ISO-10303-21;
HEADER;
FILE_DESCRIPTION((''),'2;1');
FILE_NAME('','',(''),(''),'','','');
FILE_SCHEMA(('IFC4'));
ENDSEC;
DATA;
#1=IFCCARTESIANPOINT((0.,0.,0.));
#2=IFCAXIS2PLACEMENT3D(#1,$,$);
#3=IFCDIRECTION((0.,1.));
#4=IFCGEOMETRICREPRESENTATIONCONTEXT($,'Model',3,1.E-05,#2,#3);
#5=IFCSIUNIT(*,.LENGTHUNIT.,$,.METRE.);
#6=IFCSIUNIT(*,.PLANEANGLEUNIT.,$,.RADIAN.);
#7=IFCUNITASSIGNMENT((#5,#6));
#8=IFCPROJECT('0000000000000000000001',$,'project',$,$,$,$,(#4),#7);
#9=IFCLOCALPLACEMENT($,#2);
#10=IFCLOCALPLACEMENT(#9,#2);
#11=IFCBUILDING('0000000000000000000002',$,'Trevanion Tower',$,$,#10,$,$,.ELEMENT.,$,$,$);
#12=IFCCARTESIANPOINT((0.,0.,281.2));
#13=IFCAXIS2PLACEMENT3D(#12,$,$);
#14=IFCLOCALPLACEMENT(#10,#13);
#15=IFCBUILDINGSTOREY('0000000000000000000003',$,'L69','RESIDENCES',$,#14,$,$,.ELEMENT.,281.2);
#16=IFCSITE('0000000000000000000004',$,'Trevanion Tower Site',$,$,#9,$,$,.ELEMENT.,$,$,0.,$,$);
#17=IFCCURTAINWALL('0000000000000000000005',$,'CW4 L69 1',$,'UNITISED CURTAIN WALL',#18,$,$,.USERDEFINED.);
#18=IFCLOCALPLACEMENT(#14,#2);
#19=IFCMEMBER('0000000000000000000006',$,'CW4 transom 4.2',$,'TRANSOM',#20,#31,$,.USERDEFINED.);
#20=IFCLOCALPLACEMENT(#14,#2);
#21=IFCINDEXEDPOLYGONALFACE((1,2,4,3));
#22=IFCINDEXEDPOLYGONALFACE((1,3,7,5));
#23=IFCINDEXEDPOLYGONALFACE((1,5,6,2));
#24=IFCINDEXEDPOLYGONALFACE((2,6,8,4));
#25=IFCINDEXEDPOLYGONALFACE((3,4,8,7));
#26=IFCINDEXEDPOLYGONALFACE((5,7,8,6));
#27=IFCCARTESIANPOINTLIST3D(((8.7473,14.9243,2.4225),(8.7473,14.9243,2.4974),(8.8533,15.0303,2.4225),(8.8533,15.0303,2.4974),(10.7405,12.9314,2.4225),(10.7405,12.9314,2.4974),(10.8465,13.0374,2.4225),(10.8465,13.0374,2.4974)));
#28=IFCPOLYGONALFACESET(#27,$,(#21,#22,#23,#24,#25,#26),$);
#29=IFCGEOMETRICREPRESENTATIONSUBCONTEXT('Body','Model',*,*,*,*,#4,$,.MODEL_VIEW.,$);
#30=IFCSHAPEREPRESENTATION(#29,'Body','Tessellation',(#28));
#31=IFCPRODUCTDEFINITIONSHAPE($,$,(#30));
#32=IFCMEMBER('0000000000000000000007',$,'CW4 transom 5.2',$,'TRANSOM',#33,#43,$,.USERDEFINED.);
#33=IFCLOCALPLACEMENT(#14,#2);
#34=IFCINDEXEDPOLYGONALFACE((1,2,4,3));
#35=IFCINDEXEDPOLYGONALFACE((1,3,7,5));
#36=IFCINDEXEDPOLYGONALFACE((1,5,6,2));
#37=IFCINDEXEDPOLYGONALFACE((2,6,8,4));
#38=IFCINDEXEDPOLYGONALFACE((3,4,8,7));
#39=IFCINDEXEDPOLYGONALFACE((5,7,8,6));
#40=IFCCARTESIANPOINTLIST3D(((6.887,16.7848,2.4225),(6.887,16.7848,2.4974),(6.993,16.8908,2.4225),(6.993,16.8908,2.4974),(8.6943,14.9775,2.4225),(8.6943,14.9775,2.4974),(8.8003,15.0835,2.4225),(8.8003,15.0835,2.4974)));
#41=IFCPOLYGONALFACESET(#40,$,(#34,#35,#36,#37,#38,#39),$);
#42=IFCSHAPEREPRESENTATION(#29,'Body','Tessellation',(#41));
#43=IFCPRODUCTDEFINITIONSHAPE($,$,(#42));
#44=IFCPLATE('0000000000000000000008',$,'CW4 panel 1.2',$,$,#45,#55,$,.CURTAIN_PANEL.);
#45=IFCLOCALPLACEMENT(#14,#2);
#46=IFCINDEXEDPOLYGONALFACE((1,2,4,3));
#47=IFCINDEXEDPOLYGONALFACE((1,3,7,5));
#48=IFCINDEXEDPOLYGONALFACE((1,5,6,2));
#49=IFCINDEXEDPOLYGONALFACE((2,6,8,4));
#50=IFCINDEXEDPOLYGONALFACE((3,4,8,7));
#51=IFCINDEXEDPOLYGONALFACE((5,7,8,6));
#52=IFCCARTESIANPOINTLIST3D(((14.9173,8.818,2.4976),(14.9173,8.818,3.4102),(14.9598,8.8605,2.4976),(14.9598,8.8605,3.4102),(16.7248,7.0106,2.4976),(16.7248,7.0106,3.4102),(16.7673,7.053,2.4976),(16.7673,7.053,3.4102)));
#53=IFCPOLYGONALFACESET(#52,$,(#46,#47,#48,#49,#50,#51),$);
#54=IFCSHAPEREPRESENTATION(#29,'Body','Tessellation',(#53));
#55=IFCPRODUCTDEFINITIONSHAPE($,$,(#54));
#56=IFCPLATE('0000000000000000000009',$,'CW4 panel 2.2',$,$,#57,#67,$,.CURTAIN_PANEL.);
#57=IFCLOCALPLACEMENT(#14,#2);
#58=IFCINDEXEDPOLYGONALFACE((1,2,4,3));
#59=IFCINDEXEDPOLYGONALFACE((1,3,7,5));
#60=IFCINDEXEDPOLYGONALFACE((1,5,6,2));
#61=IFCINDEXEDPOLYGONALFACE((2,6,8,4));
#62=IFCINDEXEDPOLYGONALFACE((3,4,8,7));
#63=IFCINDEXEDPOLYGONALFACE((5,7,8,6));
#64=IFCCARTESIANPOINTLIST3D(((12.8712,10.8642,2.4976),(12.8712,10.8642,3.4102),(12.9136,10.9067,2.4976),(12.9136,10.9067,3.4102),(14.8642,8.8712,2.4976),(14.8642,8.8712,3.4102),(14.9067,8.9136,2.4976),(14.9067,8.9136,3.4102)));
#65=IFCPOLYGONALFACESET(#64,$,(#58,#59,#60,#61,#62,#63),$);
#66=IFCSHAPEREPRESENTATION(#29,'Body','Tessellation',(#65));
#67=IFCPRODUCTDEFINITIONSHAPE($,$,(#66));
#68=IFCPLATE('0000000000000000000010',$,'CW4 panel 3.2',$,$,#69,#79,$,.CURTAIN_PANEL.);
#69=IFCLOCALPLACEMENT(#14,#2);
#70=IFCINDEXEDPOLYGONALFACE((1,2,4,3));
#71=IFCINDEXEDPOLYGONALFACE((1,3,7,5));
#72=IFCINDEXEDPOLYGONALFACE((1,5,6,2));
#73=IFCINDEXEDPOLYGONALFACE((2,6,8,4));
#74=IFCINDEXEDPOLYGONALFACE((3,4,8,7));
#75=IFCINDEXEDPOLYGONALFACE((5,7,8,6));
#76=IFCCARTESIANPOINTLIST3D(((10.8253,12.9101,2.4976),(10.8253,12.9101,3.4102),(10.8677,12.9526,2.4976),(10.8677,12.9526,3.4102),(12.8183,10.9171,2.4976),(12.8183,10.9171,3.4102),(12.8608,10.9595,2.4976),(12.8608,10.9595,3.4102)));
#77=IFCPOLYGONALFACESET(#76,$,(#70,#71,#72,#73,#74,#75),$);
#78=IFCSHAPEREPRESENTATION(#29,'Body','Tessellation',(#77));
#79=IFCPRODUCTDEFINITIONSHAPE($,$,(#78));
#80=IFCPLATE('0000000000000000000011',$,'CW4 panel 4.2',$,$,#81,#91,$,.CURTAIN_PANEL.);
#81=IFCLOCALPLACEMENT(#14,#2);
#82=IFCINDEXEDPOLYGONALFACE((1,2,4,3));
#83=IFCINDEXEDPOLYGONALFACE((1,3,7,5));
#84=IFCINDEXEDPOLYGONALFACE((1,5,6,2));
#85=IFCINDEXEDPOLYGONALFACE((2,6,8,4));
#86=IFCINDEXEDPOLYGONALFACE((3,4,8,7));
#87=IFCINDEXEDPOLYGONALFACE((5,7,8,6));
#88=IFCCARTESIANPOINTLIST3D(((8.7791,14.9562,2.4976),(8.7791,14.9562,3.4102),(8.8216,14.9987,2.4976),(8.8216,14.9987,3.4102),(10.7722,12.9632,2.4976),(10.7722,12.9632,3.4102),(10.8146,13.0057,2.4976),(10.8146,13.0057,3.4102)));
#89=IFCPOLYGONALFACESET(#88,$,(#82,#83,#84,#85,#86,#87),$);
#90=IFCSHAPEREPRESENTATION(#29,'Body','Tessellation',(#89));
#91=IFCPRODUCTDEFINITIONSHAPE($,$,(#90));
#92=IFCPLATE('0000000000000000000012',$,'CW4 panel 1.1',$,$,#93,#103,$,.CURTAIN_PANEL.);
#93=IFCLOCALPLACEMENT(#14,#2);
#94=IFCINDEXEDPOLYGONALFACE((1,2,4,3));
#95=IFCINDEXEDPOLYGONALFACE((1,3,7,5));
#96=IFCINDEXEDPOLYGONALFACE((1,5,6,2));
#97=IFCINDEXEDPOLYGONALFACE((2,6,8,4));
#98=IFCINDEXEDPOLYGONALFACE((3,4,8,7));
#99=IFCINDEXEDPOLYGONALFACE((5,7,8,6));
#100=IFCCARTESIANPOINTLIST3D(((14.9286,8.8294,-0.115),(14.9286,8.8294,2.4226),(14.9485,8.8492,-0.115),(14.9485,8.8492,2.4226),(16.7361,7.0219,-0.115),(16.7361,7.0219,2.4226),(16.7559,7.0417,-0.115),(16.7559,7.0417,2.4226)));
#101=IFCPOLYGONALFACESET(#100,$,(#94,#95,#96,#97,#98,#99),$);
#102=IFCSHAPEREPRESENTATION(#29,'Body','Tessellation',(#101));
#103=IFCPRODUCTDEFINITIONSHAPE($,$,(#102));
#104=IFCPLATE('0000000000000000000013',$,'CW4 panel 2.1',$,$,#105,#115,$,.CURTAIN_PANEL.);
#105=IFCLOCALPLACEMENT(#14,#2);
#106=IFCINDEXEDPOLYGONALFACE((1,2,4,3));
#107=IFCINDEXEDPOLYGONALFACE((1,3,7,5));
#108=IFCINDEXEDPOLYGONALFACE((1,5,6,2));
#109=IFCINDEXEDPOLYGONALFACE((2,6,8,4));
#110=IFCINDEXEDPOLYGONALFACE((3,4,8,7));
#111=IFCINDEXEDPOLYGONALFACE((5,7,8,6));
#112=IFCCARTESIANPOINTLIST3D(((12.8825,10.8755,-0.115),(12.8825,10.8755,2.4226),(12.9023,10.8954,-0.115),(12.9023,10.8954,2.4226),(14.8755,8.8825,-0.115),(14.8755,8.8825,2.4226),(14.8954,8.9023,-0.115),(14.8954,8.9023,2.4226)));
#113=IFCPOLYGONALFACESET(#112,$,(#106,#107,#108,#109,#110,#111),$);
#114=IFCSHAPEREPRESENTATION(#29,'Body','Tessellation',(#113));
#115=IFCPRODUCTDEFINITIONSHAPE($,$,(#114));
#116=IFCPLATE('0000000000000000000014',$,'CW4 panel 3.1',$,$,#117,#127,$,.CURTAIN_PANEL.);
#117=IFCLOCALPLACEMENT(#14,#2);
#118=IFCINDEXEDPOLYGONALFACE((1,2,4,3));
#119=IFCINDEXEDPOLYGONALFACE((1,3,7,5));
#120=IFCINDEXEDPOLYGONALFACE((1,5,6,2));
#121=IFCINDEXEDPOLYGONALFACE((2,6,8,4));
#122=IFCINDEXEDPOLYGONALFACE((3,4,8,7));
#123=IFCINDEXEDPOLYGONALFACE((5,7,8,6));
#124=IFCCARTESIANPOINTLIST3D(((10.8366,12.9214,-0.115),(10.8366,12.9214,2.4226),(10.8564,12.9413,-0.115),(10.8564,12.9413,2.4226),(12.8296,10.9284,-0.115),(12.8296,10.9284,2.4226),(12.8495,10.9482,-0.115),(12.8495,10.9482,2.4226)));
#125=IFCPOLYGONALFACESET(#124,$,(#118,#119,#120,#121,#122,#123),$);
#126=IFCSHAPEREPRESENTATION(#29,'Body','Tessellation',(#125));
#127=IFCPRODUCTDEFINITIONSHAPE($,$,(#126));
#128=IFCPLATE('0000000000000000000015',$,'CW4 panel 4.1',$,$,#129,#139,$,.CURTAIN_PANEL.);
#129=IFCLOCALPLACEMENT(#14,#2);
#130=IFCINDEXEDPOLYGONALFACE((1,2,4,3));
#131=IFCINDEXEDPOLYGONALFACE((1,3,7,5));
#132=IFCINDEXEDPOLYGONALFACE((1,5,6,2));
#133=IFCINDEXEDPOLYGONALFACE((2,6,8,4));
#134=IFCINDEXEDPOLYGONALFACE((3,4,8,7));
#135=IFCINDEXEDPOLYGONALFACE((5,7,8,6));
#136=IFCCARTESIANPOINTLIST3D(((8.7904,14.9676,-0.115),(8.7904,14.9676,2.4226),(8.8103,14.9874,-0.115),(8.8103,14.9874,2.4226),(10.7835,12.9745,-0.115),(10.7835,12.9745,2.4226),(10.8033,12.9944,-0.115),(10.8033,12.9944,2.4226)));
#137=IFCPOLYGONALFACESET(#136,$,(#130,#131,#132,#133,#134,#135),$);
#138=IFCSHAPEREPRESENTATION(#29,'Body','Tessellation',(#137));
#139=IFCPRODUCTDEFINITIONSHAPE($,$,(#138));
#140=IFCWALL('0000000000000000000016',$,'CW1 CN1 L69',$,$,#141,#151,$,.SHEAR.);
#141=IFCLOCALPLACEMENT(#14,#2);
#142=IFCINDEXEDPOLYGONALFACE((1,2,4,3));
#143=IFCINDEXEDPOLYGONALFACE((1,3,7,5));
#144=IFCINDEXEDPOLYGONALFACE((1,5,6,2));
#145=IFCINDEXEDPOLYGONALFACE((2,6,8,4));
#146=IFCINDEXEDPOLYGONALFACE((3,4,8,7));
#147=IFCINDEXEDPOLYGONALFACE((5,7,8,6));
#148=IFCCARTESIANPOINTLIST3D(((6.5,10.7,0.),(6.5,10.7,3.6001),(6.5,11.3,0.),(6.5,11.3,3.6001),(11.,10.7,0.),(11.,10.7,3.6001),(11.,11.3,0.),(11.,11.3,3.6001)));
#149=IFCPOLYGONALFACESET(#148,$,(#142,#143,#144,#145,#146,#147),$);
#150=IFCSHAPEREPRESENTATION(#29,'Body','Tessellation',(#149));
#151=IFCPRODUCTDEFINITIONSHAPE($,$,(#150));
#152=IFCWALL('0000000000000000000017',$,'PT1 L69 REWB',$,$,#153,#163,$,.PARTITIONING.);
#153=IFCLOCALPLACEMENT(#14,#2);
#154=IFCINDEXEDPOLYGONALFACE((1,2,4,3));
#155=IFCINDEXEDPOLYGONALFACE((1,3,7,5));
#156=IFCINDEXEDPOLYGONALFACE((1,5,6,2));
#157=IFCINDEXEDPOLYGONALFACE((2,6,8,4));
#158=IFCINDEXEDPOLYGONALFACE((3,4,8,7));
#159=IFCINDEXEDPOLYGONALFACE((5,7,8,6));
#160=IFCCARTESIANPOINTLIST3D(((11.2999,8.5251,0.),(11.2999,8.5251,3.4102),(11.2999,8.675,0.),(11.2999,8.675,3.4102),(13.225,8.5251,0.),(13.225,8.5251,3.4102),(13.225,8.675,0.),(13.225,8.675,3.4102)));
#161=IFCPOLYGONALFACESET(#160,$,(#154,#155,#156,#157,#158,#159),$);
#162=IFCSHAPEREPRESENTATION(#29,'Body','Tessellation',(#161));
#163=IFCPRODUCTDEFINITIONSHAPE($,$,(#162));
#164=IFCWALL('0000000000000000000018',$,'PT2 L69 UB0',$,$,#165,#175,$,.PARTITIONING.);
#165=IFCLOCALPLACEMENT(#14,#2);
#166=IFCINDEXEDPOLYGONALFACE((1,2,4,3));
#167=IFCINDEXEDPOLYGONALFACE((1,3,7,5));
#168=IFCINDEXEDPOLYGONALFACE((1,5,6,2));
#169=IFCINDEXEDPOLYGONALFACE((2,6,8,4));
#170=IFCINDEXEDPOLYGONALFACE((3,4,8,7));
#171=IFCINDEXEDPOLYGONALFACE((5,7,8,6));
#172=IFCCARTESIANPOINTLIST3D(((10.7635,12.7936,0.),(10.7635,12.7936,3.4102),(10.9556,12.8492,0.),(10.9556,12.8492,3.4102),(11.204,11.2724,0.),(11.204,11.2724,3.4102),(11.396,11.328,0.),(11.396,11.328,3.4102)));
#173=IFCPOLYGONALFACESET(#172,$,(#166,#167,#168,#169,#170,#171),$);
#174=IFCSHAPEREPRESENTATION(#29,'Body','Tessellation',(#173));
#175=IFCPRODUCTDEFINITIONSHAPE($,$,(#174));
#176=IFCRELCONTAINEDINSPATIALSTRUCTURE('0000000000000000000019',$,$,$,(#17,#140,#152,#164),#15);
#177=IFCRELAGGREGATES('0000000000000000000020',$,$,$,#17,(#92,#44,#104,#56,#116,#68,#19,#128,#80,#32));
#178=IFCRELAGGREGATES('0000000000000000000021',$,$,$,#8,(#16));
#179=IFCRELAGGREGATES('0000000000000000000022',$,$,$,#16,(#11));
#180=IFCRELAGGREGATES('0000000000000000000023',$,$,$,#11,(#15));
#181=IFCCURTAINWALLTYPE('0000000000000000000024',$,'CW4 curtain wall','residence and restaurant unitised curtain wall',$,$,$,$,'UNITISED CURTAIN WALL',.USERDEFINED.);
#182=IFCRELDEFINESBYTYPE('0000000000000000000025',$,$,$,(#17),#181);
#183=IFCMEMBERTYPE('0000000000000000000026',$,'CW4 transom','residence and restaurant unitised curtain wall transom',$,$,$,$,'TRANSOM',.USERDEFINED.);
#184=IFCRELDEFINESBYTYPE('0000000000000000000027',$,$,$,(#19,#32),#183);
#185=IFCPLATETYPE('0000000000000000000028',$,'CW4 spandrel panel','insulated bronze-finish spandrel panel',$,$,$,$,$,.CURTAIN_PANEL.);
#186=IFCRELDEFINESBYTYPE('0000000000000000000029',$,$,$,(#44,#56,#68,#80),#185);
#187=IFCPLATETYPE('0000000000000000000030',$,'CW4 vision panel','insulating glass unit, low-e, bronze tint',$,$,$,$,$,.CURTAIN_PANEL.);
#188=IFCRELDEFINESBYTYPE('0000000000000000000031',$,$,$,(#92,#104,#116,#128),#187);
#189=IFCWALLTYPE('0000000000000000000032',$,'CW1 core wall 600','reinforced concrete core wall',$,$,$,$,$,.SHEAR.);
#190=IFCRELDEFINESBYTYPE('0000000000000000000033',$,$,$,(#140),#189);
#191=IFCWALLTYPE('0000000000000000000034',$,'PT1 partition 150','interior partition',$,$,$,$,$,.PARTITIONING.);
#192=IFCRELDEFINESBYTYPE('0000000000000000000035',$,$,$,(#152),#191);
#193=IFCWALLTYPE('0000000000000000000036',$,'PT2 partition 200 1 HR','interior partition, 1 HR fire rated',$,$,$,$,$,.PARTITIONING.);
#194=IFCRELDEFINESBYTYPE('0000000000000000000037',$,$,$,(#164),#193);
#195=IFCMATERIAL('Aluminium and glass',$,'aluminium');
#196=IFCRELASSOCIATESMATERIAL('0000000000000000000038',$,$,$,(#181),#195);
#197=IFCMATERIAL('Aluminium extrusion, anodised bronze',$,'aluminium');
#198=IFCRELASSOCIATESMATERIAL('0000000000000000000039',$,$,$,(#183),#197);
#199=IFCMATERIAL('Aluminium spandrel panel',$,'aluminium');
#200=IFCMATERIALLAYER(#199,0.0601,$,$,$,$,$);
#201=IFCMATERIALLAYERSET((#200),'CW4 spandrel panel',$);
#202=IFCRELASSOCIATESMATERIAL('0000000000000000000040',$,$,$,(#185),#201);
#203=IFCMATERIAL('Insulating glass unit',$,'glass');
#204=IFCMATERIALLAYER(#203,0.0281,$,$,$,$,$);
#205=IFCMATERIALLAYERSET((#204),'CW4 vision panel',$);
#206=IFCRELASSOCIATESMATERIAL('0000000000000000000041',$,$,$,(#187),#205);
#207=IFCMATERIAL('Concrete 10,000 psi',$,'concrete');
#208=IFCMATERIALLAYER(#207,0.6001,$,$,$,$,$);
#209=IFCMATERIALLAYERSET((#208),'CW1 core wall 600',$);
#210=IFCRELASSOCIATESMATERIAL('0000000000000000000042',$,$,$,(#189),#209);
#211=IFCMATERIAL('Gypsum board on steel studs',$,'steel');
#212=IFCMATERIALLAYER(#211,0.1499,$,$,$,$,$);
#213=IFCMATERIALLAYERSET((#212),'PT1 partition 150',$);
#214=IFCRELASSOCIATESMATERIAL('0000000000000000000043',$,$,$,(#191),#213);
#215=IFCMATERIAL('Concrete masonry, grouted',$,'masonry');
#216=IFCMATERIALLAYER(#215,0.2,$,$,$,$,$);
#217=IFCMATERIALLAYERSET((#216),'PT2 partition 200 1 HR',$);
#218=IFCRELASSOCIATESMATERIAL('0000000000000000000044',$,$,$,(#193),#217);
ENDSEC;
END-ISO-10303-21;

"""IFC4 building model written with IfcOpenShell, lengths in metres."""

from ifc_helpers import new_model, si_unit, direction, frame, frame_2d, origin, origin_2d, place, context, subcontext, project, spatial, rectangle, extrude, material, layer, layer_set, material_profile, profile_set, type_object, element, aggregate, save


model = new_model("IFC4")

# Units and contexts
model_context = context("Model", 3, precision=1e-05, world=origin(), true_north=direction((0.0, 1.0)))
body_context = subcontext(model_context, "Body", "Model", "MODEL_VIEW")
ifc_project = project(units=[si_unit("LENGTHUNIT", "METRE"), si_unit("PLANEANGLEUNIT", "RADIAN")], contexts=[model_context])

# Site, building, storey
site_placement = place(None, origin())
site = spatial("IfcSite", under=ifc_project, at=site_placement, Name="Trevanion Tower Site", CompositionType="ELEMENT", RefElevation=0.0)
building_placement = place(site_placement, origin())
building = spatial("IfcBuilding", under=site, at=building_placement, Name="Trevanion Tower", CompositionType="ELEMENT")
storey_placement = place(building_placement, frame((0.0, 0.0, 281.2)))
storey = spatial("IfcBuildingStorey", under=building, at=storey_placement, Name="L69", Description="RESIDENCES", CompositionType="ELEMENT", Elevation=281.2)

# Curtain wall, members, plates
ifc_material_1 = material(Name="Aluminium and glass", Category="aluminium")
curtain_wall_type = type_object("IfcCurtainWallType", Name="CW4 curtain wall", Description="residence and restaurant unitised curtain wall", ElementType="UNITISED CURTAIN WALL", PredefinedType="USERDEFINED", material=ifc_material_1)
curtain_wall_placement = place(storey_placement, origin())
curtain_wall = element("IfcCurtainWall", 1, at=curtain_wall_placement, inside=storey, type_object=curtain_wall_type, Name="CW4 L69 1", ObjectType="UNITISED CURTAIN WALL", PredefinedType="USERDEFINED")
ifc_material_2 = material(Name="Aluminium extrusion, anodised bronze", Category="aluminium")
ifc_material_profile_1 = material_profile(ifc_material_2, rectangle(XDim=0.1499, YDim=0.075, at=origin_2d()), Name="CW4 transom")
ifc_profile_set_1 = profile_set([ifc_material_profile_1], Name="Aluminium extrusion, anodised bronze")
member_type_1 = type_object("IfcMemberType", Name="CW4 transom", Description="residence and restaurant unitised curtain wall transom", ElementType="TRANSOM", PredefinedType="USERDEFINED", material=ifc_profile_set_1)
member_1_placement = place(storey_placement, frame((10.7935, 12.9844, 2.46), z_axis=(-0.70715, 0.707063, 0.0), x_axis=(-0.707063, -0.70715, 0.0)))
member_1 = element("IfcMember", 2, at=member_1_placement, type_object=member_type_1, Name="CW4 transom 4.2", ObjectType="TRANSOM", PredefinedType="USERDEFINED", context=body_context, shape_type="SweptSolid", body=[
    extrude(rectangle(XDim=0.1499, YDim=0.075, at=origin_2d()), origin(), (0.0, 0.0, 1.0), 2.8186),
])
member_2_placement = place(storey_placement, frame((8.7473, 15.0305, 2.46), z_axis=(-0.707107, 0.707107, 0.0), x_axis=(-0.707107, -0.707107, 0.0)))
member_2 = element("IfcMember", 3, at=member_2_placement, type_object=member_type_1, Name="CW4 transom 5.2", ObjectType="TRANSOM", PredefinedType="USERDEFINED", context=body_context, shape_type="SweptSolid", body=[
    extrude(rectangle(XDim=0.1499, YDim=0.075, at=origin_2d()), origin(), (0.0, 0.0, 1.0), 2.5559),
])
ifc_material_3 = material(Name="Aluminium spandrel panel", Category="aluminium")
ifc_layer_1 = layer(ifc_material_3, 0.0601)
ifc_layer_set_1 = layer_set([ifc_layer_1], Name="CW4 spandrel panel")
plate_type_1 = type_object("IfcPlateType", Name="CW4 spandrel panel", Description="insulated bronze-finish spandrel panel", PredefinedType="CURTAIN_PANEL", material=ifc_layer_set_1)
plate_1_placement = place(storey_placement, frame((15.8423, 7.9355, 2.4976), z_axis=(0.0, 0.0, 1.0), x_axis=(-0.707107, 0.707107, 0.0)))
plate_1 = element("IfcPlate", 4, at=plate_1_placement, type_object=plate_type_1, Name="CW4 panel 1.2", PredefinedType="CURTAIN_PANEL", context=body_context, shape_type="SweptSolid", body=[
    extrude(rectangle(XDim=2.5562, YDim=0.0601, at=origin_2d()), origin(), (0.0, 0.0, 1.0), 0.9126),
])
plate_2_placement = place(storey_placement, frame((13.8889, 9.8889, 2.4976), z_axis=(0.0, 0.0, 1.0), x_axis=(-0.707107, 0.707107, 0.0)))
plate_2 = element("IfcPlate", 5, at=plate_2_placement, type_object=plate_type_1, Name="CW4 panel 2.2", PredefinedType="CURTAIN_PANEL", context=body_context, shape_type="SweptSolid", body=[
    extrude(rectangle(XDim=2.8186, YDim=0.0601, at=origin_2d()), origin(), (0.0, 0.0, 1.0), 0.9126),
])
plate_3_placement = place(storey_placement, frame((11.843, 11.9348, 2.4976), z_axis=(0.0, 0.0, 1.0), x_axis=(-0.707107, 0.707107, 0.0)))
plate_3 = element("IfcPlate", 6, at=plate_3_placement, type_object=plate_type_1, Name="CW4 panel 3.2", PredefinedType="CURTAIN_PANEL", context=body_context, shape_type="SweptSolid", body=[
    extrude(rectangle(XDim=2.8186, YDim=0.0601, at=origin_2d()), origin(), (0.0, 0.0, 1.0), 0.9126),
])
plate_4_placement = place(storey_placement, frame((9.7969, 13.981, 2.4976), z_axis=(0.0, 0.0, 1.0), x_axis=(-0.707107, 0.707107, 0.0)))
plate_4 = element("IfcPlate", 7, at=plate_4_placement, type_object=plate_type_1, Name="CW4 panel 4.2", PredefinedType="CURTAIN_PANEL", context=body_context, shape_type="SweptSolid", body=[
    extrude(rectangle(XDim=2.8186, YDim=0.0601, at=origin_2d()), origin(), (0.0, 0.0, 1.0), 0.9126),
])
ifc_material_4 = material(Name="Insulating glass unit", Category="glass")
ifc_layer_2 = layer(ifc_material_4, 0.0281)
ifc_layer_set_2 = layer_set([ifc_layer_2], Name="CW4 vision panel")
plate_type_2 = type_object("IfcPlateType", Name="CW4 vision panel", Description="insulating glass unit, low-e, bronze tint", PredefinedType="CURTAIN_PANEL", material=ifc_layer_set_2)
plate_5_placement = place(storey_placement, frame((15.8423, 7.9355, -0.115), z_axis=(0.0, 0.0, 1.0), x_axis=(-0.707107, 0.707107, 0.0)))
plate_5 = element("IfcPlate", 8, at=plate_5_placement, type_object=plate_type_2, Name="CW4 panel 1.1", PredefinedType="CURTAIN_PANEL", context=body_context, shape_type="SweptSolid", body=[
    extrude(rectangle(XDim=2.5562, YDim=0.0281, at=origin_2d()), origin(), (0.0, 0.0, 1.0), 2.5376),
])
plate_6_placement = place(storey_placement, frame((13.8889, 9.8889, -0.115), z_axis=(0.0, 0.0, 1.0), x_axis=(-0.707107, 0.707107, 0.0)))
plate_6 = element("IfcPlate", 9, at=plate_6_placement, type_object=plate_type_2, Name="CW4 panel 2.1", PredefinedType="CURTAIN_PANEL", context=body_context, shape_type="SweptSolid", body=[
    extrude(rectangle(XDim=2.8186, YDim=0.0281, at=origin_2d()), origin(), (0.0, 0.0, 1.0), 2.5376),
])
plate_7_placement = place(storey_placement, frame((11.843, 11.9348, -0.115), z_axis=(0.0, 0.0, 1.0), x_axis=(-0.707107, 0.707107, 0.0)))
plate_7 = element("IfcPlate", 10, at=plate_7_placement, type_object=plate_type_2, Name="CW4 panel 3.1", PredefinedType="CURTAIN_PANEL", context=body_context, shape_type="SweptSolid", body=[
    extrude(rectangle(XDim=2.8186, YDim=0.0281, at=origin_2d()), origin(), (0.0, 0.0, 1.0), 2.5376),
])
plate_8_placement = place(storey_placement, frame((9.7969, 13.981, -0.115), z_axis=(0.0, 0.0, 1.0), x_axis=(-0.707107, 0.707107, 0.0)))
plate_8 = element("IfcPlate", 11, at=plate_8_placement, type_object=plate_type_2, Name="CW4 panel 4.1", PredefinedType="CURTAIN_PANEL", context=body_context, shape_type="SweptSolid", body=[
    extrude(rectangle(XDim=2.8186, YDim=0.0281, at=origin_2d()), origin(), (0.0, 0.0, 1.0), 2.5376),
])
aggregate(curtain_wall, [plate_5, plate_1, plate_6, plate_2, plate_7, plate_3, member_1, plate_8, plate_4, member_2])

# Walls
ifc_material_5 = material(Name="Concrete 10,000 psi", Category="concrete")
ifc_layer_3 = layer(ifc_material_5, 0.6001)
ifc_layer_set_3 = layer_set([ifc_layer_3], Name="CW1 core wall 600")
wall_type_1 = type_object("IfcWallType", Name="CW1 core wall 600", Description="reinforced concrete core wall", PredefinedType="SHEAR", material=ifc_layer_set_3)
wall_1_placement = place(storey_placement, frame((11.0, 11.0, 0.0), z_axis=(0.0, 0.0, 1.0), x_axis=(-1.0, 0.0, 0.0)))
element("IfcWall", 12, at=wall_1_placement, inside=storey, type_object=wall_type_1, Name="CW1 CN1 L69", PredefinedType="SHEAR", context=body_context, shape_type="SweptSolid", body=[
    extrude(rectangle(XDim=4.5, YDim=0.6001, at=frame_2d((2.25, 0.0))), origin(), (0.0, 0.0, 1.0), 3.6001),
])
ifc_material_6 = material(Name="Gypsum board on steel studs", Category="steel")
ifc_layer_4 = layer(ifc_material_6, 0.1499)
ifc_layer_set_4 = layer_set([ifc_layer_4], Name="PT1 partition 150")
wall_type_2 = type_object("IfcWallType", Name="PT1 partition 150", Description="interior partition", PredefinedType="PARTITIONING", material=ifc_layer_set_4)
wall_2_placement = place(storey_placement, frame((11.3, 8.6001, 0.0), z_axis=(0.0, 0.0, 1.0), x_axis=(1.0, 0.0, 0.0)))
element("IfcWall", 13, at=wall_2_placement, inside=storey, type_object=wall_type_2, Name="PT1 L69 REWB", PredefinedType="PARTITIONING", context=body_context, shape_type="SweptSolid", body=[
    extrude(rectangle(XDim=1.925, YDim=0.1499, at=frame_2d((0.9624, 0.0))), origin(), (0.0, 0.0, 1.0), 3.4102),
])
ifc_material_7 = material(Name="Concrete masonry, grouted", Category="masonry")
ifc_layer_5 = layer(ifc_material_7, 0.2)
ifc_layer_set_5 = layer_set([ifc_layer_5], Name="PT2 partition 200 1 HR")
wall_type_3 = type_object("IfcWallType", Name="PT2 partition 200 1 HR", Description="interior partition, 1 HR fire rated", PredefinedType="PARTITIONING", material=ifc_layer_set_5)
wall_3_placement = place(storey_placement, frame((11.3, 11.3, 0.0), z_axis=(0.0, 0.0, 1.0), x_axis=(-0.278099, 0.960552, 0.0)))
element("IfcWall", 14, at=wall_3_placement, inside=storey, type_object=wall_type_3, Name="PT2 L69 UB0", PredefinedType="PARTITIONING", context=body_context, shape_type="SweptSolid", body=[
    extrude(rectangle(XDim=1.5837, YDim=0.2, at=frame_2d((0.792, 0.0))), origin(), (0.0, 0.0, 1.0), 3.4102),
])

save(model, "model.ifc")
